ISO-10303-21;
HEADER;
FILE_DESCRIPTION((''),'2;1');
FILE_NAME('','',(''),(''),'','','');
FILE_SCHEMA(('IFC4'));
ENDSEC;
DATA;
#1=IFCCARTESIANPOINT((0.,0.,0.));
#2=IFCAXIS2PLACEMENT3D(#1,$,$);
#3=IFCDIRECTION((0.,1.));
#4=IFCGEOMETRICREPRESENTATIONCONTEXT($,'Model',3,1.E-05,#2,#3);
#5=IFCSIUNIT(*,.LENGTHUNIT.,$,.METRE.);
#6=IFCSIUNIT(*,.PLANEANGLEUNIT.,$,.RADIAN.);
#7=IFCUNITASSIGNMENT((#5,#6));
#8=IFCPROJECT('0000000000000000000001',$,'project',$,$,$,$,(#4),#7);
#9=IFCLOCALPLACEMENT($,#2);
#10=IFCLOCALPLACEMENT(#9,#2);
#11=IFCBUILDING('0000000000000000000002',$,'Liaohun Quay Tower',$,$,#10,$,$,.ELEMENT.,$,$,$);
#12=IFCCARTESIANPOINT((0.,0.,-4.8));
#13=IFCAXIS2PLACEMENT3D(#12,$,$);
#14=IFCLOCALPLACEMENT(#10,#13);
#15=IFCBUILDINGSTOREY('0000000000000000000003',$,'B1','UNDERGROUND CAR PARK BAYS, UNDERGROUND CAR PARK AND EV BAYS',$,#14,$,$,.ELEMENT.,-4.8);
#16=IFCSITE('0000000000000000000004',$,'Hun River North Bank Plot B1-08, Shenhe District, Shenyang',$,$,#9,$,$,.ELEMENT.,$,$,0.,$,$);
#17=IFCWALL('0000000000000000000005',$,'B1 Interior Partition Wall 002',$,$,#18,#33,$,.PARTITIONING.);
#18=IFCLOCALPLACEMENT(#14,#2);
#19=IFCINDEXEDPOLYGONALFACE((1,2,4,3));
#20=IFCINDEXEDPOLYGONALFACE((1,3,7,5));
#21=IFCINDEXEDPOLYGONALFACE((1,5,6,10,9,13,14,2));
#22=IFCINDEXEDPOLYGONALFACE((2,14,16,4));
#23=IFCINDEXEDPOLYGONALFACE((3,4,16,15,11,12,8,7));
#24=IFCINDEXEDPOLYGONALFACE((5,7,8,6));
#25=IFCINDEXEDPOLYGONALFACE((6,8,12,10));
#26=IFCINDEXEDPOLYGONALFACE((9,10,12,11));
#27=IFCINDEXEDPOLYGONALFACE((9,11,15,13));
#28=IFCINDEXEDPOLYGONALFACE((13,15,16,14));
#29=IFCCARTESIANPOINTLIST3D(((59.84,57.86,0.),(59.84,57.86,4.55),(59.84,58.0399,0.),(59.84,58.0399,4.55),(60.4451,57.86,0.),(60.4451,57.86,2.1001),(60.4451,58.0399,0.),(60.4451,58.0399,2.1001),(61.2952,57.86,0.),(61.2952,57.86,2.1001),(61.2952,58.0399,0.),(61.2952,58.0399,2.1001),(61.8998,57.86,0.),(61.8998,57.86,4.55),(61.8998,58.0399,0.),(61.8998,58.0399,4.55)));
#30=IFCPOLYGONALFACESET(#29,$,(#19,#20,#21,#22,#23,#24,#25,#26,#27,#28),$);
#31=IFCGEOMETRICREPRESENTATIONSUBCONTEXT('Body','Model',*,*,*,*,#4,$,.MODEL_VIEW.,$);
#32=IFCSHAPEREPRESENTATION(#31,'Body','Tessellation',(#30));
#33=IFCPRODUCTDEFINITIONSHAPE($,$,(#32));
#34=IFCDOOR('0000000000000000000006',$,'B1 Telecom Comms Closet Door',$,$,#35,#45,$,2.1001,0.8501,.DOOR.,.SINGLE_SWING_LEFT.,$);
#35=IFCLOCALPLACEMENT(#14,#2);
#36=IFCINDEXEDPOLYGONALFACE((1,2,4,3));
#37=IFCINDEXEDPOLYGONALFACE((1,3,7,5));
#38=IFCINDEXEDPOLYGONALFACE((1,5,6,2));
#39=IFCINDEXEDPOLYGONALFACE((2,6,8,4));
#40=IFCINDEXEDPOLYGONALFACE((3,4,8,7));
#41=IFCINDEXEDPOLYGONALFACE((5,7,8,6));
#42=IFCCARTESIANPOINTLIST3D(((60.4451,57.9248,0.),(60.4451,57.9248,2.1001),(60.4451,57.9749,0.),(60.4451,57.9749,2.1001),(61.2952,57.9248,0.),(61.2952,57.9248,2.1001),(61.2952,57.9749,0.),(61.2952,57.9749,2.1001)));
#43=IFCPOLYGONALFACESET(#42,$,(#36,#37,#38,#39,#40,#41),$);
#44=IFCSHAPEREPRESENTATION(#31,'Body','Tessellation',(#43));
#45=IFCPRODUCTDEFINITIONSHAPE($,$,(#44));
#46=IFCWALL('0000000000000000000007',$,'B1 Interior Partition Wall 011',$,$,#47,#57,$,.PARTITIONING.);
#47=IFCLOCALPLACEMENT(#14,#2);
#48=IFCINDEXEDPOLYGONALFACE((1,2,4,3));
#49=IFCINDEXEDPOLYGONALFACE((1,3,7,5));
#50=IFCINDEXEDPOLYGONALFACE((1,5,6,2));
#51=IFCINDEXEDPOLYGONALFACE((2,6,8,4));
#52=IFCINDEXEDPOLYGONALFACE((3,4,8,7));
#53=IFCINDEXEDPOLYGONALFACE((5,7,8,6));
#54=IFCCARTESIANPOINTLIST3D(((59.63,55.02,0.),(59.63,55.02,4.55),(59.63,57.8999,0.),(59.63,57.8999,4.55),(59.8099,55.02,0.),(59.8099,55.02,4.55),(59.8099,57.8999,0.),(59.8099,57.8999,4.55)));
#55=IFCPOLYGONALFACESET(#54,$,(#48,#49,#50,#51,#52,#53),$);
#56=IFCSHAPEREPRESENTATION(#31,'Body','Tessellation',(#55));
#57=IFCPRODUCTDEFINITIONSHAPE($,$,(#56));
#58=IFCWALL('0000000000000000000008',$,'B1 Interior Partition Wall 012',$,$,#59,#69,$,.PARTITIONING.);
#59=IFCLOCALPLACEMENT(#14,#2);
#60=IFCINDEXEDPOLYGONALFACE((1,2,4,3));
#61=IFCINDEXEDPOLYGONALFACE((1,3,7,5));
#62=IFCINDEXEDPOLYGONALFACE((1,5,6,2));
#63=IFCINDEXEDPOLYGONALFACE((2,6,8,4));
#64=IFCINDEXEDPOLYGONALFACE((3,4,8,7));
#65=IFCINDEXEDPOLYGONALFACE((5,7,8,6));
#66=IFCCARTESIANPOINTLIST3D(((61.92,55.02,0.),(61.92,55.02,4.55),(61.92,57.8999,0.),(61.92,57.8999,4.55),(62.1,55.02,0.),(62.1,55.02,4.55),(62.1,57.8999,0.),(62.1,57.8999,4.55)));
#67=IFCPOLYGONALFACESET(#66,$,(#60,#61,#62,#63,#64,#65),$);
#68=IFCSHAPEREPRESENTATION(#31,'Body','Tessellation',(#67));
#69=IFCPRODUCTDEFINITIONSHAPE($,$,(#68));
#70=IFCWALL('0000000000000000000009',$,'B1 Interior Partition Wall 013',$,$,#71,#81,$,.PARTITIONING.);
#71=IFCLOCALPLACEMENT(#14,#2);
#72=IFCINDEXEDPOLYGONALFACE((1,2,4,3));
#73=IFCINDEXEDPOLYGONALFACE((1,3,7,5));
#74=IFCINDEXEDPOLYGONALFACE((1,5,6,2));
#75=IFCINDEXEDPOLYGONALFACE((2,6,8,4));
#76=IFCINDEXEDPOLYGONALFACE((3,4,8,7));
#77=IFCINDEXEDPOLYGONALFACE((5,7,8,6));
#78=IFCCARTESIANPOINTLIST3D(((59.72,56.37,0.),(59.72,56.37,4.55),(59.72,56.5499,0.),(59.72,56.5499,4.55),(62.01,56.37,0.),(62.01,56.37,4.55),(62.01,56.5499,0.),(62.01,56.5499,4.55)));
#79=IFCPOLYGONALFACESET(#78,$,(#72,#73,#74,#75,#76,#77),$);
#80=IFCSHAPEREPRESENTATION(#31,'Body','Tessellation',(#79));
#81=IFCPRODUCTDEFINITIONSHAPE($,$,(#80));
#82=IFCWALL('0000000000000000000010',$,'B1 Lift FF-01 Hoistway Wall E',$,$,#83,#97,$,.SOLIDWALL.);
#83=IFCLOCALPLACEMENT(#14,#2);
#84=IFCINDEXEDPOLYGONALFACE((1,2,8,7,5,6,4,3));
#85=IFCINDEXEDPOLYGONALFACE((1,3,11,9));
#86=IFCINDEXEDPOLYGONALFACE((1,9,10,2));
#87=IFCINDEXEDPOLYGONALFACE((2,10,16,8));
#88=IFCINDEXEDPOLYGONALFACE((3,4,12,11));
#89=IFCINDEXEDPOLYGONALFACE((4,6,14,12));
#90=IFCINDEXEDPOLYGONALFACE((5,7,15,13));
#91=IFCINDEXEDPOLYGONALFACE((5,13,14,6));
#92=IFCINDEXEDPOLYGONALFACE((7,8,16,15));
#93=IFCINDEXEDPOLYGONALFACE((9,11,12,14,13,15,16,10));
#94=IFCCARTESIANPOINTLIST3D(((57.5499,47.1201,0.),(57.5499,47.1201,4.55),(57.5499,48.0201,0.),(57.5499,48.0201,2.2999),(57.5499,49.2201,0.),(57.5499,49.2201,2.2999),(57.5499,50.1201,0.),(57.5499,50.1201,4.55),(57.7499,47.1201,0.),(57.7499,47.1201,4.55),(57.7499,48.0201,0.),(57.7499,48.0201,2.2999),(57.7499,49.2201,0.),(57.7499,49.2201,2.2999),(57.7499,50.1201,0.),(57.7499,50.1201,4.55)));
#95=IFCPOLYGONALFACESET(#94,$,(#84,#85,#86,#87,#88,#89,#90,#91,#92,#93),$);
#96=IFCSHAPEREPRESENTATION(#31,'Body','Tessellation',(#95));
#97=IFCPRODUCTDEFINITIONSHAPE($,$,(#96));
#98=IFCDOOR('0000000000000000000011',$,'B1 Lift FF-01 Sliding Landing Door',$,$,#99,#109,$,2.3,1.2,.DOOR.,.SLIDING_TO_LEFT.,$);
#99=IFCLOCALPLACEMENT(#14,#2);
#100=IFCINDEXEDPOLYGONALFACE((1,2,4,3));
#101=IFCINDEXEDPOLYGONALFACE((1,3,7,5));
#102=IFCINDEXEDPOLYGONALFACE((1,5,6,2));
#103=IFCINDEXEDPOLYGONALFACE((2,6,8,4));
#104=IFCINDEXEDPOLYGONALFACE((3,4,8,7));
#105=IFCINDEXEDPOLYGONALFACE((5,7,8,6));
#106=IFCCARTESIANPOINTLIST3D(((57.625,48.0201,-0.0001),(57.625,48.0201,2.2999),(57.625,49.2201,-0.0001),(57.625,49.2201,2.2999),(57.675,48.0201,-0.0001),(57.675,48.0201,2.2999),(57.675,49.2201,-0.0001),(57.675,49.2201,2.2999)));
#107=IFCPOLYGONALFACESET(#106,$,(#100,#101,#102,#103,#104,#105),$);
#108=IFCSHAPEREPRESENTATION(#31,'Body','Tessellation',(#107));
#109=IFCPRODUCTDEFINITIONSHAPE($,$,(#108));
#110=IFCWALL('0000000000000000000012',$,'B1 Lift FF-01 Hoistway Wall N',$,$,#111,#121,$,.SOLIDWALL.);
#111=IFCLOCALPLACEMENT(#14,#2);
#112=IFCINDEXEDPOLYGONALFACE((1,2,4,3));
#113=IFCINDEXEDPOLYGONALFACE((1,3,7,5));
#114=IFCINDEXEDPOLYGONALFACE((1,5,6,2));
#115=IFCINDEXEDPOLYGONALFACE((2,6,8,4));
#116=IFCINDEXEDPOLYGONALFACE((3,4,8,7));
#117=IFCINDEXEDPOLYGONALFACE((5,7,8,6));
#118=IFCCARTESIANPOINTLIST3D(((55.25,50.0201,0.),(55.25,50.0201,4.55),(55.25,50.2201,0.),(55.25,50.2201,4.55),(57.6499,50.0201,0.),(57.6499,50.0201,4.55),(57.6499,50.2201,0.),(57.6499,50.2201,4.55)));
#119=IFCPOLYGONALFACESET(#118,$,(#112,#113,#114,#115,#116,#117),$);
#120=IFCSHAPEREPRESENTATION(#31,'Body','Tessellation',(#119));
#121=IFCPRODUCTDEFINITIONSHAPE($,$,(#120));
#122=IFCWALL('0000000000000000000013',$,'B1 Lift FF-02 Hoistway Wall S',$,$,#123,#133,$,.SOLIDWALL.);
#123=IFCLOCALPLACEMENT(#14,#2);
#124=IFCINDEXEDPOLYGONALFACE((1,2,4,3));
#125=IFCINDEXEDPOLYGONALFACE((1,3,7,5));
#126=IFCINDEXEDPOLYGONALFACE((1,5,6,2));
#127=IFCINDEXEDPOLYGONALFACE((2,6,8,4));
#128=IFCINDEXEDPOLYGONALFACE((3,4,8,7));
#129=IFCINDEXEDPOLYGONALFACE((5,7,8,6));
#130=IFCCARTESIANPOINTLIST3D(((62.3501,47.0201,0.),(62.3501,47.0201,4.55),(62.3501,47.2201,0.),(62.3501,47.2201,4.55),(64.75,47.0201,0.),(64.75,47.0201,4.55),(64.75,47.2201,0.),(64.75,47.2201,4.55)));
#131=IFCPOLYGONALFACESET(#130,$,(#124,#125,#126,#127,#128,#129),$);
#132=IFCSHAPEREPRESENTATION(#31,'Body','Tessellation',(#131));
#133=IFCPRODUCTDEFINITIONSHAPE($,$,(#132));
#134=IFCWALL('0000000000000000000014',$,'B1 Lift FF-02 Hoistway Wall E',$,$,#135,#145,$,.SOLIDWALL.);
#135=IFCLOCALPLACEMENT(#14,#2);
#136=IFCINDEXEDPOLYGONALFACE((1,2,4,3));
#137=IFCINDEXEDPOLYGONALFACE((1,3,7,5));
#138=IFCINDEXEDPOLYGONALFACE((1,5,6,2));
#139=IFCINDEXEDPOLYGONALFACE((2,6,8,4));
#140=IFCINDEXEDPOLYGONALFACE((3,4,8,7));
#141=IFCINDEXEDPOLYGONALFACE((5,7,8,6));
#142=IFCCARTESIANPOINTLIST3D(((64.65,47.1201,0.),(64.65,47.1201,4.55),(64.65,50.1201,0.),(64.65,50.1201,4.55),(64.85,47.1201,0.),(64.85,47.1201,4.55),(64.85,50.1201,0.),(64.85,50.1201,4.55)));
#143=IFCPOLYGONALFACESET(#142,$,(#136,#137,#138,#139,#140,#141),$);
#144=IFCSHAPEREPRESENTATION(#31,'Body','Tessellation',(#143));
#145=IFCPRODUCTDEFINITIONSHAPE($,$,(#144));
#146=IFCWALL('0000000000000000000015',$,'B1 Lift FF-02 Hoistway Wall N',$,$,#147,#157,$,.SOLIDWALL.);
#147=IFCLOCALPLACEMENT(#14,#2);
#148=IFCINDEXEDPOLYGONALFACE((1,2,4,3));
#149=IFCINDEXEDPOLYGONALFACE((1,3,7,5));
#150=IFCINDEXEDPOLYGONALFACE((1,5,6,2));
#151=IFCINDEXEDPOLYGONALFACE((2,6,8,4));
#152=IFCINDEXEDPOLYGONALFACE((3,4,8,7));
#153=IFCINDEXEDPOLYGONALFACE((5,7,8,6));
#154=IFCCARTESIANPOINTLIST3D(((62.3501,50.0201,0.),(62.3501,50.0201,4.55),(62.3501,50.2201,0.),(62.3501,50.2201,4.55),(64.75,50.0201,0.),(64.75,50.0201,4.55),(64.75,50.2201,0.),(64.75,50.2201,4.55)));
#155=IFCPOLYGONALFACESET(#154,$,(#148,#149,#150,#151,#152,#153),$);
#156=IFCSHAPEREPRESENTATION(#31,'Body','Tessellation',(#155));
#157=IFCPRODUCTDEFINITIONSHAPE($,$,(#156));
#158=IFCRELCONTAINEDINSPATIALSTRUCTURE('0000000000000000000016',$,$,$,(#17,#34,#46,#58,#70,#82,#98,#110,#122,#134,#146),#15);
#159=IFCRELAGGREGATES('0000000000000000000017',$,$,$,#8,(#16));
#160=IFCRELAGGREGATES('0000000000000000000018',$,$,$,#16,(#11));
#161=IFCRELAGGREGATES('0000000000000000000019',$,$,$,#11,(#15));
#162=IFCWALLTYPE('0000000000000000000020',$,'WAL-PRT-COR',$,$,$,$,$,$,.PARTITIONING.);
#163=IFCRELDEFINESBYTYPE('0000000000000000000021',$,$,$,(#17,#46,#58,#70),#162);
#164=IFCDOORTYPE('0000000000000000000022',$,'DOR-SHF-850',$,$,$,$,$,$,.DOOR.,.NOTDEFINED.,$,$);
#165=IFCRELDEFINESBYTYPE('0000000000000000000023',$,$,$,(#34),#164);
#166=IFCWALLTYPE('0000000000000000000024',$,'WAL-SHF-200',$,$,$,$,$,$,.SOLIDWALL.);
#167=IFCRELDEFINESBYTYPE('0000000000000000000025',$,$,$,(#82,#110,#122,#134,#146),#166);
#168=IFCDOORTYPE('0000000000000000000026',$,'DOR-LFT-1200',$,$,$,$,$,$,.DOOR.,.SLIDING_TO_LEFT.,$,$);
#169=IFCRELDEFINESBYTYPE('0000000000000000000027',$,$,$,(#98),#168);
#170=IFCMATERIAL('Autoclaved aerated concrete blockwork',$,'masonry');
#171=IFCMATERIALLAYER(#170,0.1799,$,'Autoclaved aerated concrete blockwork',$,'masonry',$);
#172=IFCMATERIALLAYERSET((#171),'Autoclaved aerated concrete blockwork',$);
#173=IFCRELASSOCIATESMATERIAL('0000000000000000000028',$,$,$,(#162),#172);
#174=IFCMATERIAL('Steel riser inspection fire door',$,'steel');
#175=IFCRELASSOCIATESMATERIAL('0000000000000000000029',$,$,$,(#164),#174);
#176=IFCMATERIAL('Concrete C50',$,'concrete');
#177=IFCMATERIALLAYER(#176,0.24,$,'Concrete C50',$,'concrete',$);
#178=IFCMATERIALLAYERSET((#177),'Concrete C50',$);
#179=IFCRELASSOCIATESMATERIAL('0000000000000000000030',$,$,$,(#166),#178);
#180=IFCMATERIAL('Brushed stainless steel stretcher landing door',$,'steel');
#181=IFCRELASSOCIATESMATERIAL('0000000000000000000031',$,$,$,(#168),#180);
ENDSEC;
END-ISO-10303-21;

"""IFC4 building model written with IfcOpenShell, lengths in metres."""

from ifc_helpers import new_model, si_unit, direction, frame, frame_2d, origin, place, context, subcontext, project, spatial, rectangle, extrude, source, transform, mapped, material, layer, layer_set, type_object, element, fill, save


model = new_model("IFC4")

# Units and contexts
model_context = context("Model", 3, precision=1e-05, world=origin(), true_north=direction((0.0, 1.0)))
body_context = subcontext(model_context, "Body", "Model", "MODEL_VIEW")
ifc_project = project(units=[si_unit("LENGTHUNIT", "METRE"), si_unit("PLANEANGLEUNIT", "RADIAN")], contexts=[model_context])

# Site, building, storey
site_placement = place(None, origin())
site = spatial("IfcSite", under=ifc_project, at=site_placement, Name="Hun River North Bank Plot B1-08, Shenhe District, Shenyang", CompositionType="ELEMENT", RefElevation=0.0)
building_placement = place(site_placement, origin())
building = spatial("IfcBuilding", under=site, at=building_placement, Name="Liaohun Quay Tower", CompositionType="ELEMENT")
storey_placement = place(building_placement, frame((0.0, 0.0, -4.8)))
storey = spatial("IfcBuildingStorey", under=building, at=storey_placement, Name="B1", Description="UNDERGROUND CAR PARK BAYS, UNDERGROUND CAR PARK AND EV BAYS", CompositionType="ELEMENT", Elevation=-4.8)

# Wall, opening, door
ifc_material_1 = material(Name="Autoclaved aerated concrete blockwork", Category="masonry")
ifc_layer_1 = layer(ifc_material_1, 0.1799, Name="Autoclaved aerated concrete blockwork", Category="masonry")
ifc_layer_set_1 = layer_set([ifc_layer_1], Name="Autoclaved aerated concrete blockwork")
wall_type_1 = type_object("IfcWallType", Name="WAL-PRT-COR", PredefinedType="PARTITIONING", material=ifc_layer_set_1)
shared_shape_1 = source(origin(), body_context, "Body", "SweptSolid", [
    extrude(rectangle(XDim=0.8501, YDim=2.1001, at=frame_2d((0.425, 1.05))), frame((0.0, 0.0999, 0.0), z_axis=(0.0, -1.0, 0.0), x_axis=(1.0, 0.0, 0.0)), (0.0, 0.0, 1.0), 0.2),
])
ifc_material_2 = material(Name="Steel riser inspection fire door", Category="steel")
door_type_1 = type_object("IfcDoorType", Name="DOR-SHF-850", OperationType="NOTDEFINED", PredefinedType="DOOR", material=ifc_material_2)
shared_shape_2 = source(origin(), body_context, "Body", "SweptSolid", [
    extrude(rectangle(XDim=0.8501, YDim=2.1001, at=frame_2d((0.425, 1.05))), frame((0.0, 0.0249, 0.0), z_axis=(0.0, -1.0, 0.0), x_axis=(1.0, 0.0, 0.0)), (0.0, 0.0, 1.0), 0.05),
])
wall_1_placement = place(storey_placement, frame((59.8401, 57.95, 0.0), z_axis=(0.0, 0.0, 1.0), x_axis=(1.0, 0.0, 0.0)))
wall_1 = element("IfcWall", 1, at=wall_1_placement, inside=storey, type_object=wall_type_1, Name="B1 Interior Partition Wall 002", PredefinedType="PARTITIONING", context=body_context, shape_type="SweptSolid", body=[
    extrude(rectangle(XDim=2.0598, YDim=0.1799, at=frame_2d((1.0298, 0.0))), origin(), (0.0, 0.0, 1.0), 4.55),
])
opening_1_placement = place(wall_1_placement, frame((0.605, 0.0, 0.0)))
opening_1 = element("IfcOpeningElement", 2, at=opening_1_placement, cuts=wall_1, PredefinedType="OPENING", context=body_context, shape_type="MappedRepresentation", body=[
    mapped(shared_shape_1, transform((0.0, 0.0, 0.0), x_axis=(1.0, 0.0, 0.0), y_axis=(0.0, 1.0, 0.0), z_axis=(0.0, 0.0, 1.0), scale=1.0)),
])
door_1_placement = place(opening_1_placement, origin())
door_1 = element("IfcDoor", 3, at=door_1_placement, inside=storey, type_object=door_type_1, Name="B1 Telecom Comms Closet Door", OperationType="SINGLE_SWING_LEFT", OverallHeight=2.1001, OverallWidth=0.8501, PredefinedType="DOOR", context=body_context, shape_type="MappedRepresentation", body=[
    mapped(shared_shape_2, transform((0.0, 0.0, 0.0), x_axis=(1.0, 0.0, 0.0), y_axis=(0.0, 1.0, 0.0), z_axis=(0.0, 0.0, 1.0), scale=1.0)),
])
fill(opening_1, door_1)

# Walls
for number, where, z_axis, x_axis, name in (
    (4, (59.72, 55.02, 0.0), (0.0, 0.0, 1.0), (0.0, 1.0, 0.0), "B1 Interior Partition Wall 011"),
    (5, (62.01, 55.02, 0.0), (0.0, 0.0, 1.0), (0.0, 1.0, 0.0), "B1 Interior Partition Wall 012"),
):
    element("IfcWall", number, at=place(storey_placement, frame(where, z_axis=z_axis, x_axis=x_axis)), inside=storey, type_object=wall_type_1, Name=name, PredefinedType="PARTITIONING", context=body_context, shape_type="SweptSolid", body=[
        extrude(rectangle(XDim=2.8799, YDim=0.1799, at=frame_2d((1.4399, 0.0))), origin(), (0.0, 0.0, 1.0), 4.55),
    ])
wall_2_placement = place(storey_placement, frame((59.72, 56.46, 0.0), z_axis=(0.0, 0.0, 1.0), x_axis=(1.0, 0.0, 0.0)))
element("IfcWall", 6, at=wall_2_placement, inside=storey, type_object=wall_type_1, Name="B1 Interior Partition Wall 013", PredefinedType="PARTITIONING", context=body_context, shape_type="SweptSolid", body=[
    extrude(rectangle(XDim=2.29, YDim=0.1799, at=frame_2d((1.145, 0.0))), origin(), (0.0, 0.0, 1.0), 4.55),
])

# Wall, opening, door
ifc_material_3 = material(Name="Concrete C50", Category="concrete")
ifc_layer_2 = layer(ifc_material_3, 0.24, Name="Concrete C50", Category="concrete")
ifc_layer_set_2 = layer_set([ifc_layer_2], Name="Concrete C50")
wall_type_2 = type_object("IfcWallType", Name="WAL-SHF-200", PredefinedType="SOLIDWALL", material=ifc_layer_set_2)
wall_3_placement = place(storey_placement, frame((57.6499, 47.1201, 0.0), z_axis=(0.0, 0.0, 1.0), x_axis=(0.0, 1.0, 0.0)))
wall_3 = element("IfcWall", 7, at=wall_3_placement, inside=storey, type_object=wall_type_2, Name="B1 Lift FF-01 Hoistway Wall E", PredefinedType="SOLIDWALL", context=body_context, shape_type="SweptSolid", body=[
    extrude(rectangle(XDim=3.0, YDim=0.2, at=frame_2d((1.5, 0.0))), origin(), (0.0, 0.0, 1.0), 4.55),
])
shared_shape_3 = source(origin(), body_context, "Body", "SweptSolid", [
    extrude(rectangle(XDim=1.2, YDim=2.3, at=frame_2d((0.6001, 1.1499))), frame((0.0, 0.1099, 0.0), z_axis=(0.0, -1.0, 0.0), x_axis=(1.0, 0.0, 0.0)), (0.0, 0.0, 1.0), 0.22),
])
opening_2_placement = place(wall_3_placement, frame((0.8999, 0.0, 0.0)))
opening_2 = element("IfcOpeningElement", 8, at=opening_2_placement, cuts=wall_3, PredefinedType="OPENING", context=body_context, shape_type="MappedRepresentation", body=[
    mapped(shared_shape_3, transform((0.0, 0.0, 0.0), x_axis=(1.0, 0.0, 0.0), y_axis=(0.0, 1.0, 0.0), z_axis=(0.0, 0.0, 1.0), scale=1.0)),
])
ifc_material_4 = material(Name="Brushed stainless steel stretcher landing door", Category="steel")
door_type_2 = type_object("IfcDoorType", Name="DOR-LFT-1200", OperationType="SLIDING_TO_LEFT", PredefinedType="DOOR", material=ifc_material_4)
shared_shape_4 = source(origin(), body_context, "Body", "SweptSolid", [
    extrude(rectangle(XDim=1.2, YDim=2.3, at=frame_2d((0.6001, 1.1499))), frame((0.0, 0.0249, 0.0), z_axis=(0.0, -1.0, 0.0), x_axis=(1.0, 0.0, 0.0)), (0.0, 0.0, 1.0), 0.05),
])
door_2_placement = place(opening_2_placement, origin())
door_2 = element("IfcDoor", 9, at=door_2_placement, inside=storey, type_object=door_type_2, Name="B1 Lift FF-01 Sliding Landing Door", OperationType="SLIDING_TO_LEFT", OverallHeight=2.3, OverallWidth=1.2, PredefinedType="DOOR", context=body_context, shape_type="MappedRepresentation", body=[
    mapped(shared_shape_4, transform((0.0, 0.0, 0.0), x_axis=(1.0, 0.0, 0.0), y_axis=(0.0, 1.0, 0.0), z_axis=(0.0, 0.0, 1.0), scale=1.0)),
])
fill(opening_2, door_2)

# Walls
for number, where, z_axis, x_axis, name in (
    (10, (57.6499, 50.1201, 0.0), (0.0, 0.0, 1.0), (-1.0, 0.0, 0.0), "B1 Lift FF-01 Hoistway Wall N"),
    (11, (62.3501, 47.1201, 0.0), (0.0, 0.0, 1.0), (1.0, 0.0, 0.0), "B1 Lift FF-02 Hoistway Wall S"),
):
    element("IfcWall", number, at=place(storey_placement, frame(where, z_axis=z_axis, x_axis=x_axis)), inside=storey, type_object=wall_type_2, Name=name, PredefinedType="SOLIDWALL", context=body_context, shape_type="SweptSolid", body=[
        extrude(rectangle(XDim=2.3999, YDim=0.2, at=frame_2d((1.2, 0.0))), origin(), (0.0, 0.0, 1.0), 4.55),
    ])
wall_4_placement = place(storey_placement, frame((64.75, 47.1201, 0.0), z_axis=(0.0, 0.0, 1.0), x_axis=(0.0, 1.0, 0.0)))
element("IfcWall", 12, at=wall_4_placement, inside=storey, type_object=wall_type_2, Name="B1 Lift FF-02 Hoistway Wall E", PredefinedType="SOLIDWALL", context=body_context, shape_type="SweptSolid", body=[
    extrude(rectangle(XDim=3.0, YDim=0.2, at=frame_2d((1.5, 0.0))), origin(), (0.0, 0.0, 1.0), 4.55),
])
wall_5_placement = place(storey_placement, frame((64.75, 50.1201, 0.0), z_axis=(0.0, 0.0, 1.0), x_axis=(-1.0, 0.0, 0.0)))
element("IfcWall", 13, at=wall_5_placement, inside=storey, type_object=wall_type_2, Name="B1 Lift FF-02 Hoistway Wall N", PredefinedType="SOLIDWALL", context=body_context, shape_type="SweptSolid", body=[
    extrude(rectangle(XDim=2.3999, YDim=0.2, at=frame_2d((1.2, 0.0))), origin(), (0.0, 0.0, 1.0), 4.55),
])

save(model, "model.ifc")
